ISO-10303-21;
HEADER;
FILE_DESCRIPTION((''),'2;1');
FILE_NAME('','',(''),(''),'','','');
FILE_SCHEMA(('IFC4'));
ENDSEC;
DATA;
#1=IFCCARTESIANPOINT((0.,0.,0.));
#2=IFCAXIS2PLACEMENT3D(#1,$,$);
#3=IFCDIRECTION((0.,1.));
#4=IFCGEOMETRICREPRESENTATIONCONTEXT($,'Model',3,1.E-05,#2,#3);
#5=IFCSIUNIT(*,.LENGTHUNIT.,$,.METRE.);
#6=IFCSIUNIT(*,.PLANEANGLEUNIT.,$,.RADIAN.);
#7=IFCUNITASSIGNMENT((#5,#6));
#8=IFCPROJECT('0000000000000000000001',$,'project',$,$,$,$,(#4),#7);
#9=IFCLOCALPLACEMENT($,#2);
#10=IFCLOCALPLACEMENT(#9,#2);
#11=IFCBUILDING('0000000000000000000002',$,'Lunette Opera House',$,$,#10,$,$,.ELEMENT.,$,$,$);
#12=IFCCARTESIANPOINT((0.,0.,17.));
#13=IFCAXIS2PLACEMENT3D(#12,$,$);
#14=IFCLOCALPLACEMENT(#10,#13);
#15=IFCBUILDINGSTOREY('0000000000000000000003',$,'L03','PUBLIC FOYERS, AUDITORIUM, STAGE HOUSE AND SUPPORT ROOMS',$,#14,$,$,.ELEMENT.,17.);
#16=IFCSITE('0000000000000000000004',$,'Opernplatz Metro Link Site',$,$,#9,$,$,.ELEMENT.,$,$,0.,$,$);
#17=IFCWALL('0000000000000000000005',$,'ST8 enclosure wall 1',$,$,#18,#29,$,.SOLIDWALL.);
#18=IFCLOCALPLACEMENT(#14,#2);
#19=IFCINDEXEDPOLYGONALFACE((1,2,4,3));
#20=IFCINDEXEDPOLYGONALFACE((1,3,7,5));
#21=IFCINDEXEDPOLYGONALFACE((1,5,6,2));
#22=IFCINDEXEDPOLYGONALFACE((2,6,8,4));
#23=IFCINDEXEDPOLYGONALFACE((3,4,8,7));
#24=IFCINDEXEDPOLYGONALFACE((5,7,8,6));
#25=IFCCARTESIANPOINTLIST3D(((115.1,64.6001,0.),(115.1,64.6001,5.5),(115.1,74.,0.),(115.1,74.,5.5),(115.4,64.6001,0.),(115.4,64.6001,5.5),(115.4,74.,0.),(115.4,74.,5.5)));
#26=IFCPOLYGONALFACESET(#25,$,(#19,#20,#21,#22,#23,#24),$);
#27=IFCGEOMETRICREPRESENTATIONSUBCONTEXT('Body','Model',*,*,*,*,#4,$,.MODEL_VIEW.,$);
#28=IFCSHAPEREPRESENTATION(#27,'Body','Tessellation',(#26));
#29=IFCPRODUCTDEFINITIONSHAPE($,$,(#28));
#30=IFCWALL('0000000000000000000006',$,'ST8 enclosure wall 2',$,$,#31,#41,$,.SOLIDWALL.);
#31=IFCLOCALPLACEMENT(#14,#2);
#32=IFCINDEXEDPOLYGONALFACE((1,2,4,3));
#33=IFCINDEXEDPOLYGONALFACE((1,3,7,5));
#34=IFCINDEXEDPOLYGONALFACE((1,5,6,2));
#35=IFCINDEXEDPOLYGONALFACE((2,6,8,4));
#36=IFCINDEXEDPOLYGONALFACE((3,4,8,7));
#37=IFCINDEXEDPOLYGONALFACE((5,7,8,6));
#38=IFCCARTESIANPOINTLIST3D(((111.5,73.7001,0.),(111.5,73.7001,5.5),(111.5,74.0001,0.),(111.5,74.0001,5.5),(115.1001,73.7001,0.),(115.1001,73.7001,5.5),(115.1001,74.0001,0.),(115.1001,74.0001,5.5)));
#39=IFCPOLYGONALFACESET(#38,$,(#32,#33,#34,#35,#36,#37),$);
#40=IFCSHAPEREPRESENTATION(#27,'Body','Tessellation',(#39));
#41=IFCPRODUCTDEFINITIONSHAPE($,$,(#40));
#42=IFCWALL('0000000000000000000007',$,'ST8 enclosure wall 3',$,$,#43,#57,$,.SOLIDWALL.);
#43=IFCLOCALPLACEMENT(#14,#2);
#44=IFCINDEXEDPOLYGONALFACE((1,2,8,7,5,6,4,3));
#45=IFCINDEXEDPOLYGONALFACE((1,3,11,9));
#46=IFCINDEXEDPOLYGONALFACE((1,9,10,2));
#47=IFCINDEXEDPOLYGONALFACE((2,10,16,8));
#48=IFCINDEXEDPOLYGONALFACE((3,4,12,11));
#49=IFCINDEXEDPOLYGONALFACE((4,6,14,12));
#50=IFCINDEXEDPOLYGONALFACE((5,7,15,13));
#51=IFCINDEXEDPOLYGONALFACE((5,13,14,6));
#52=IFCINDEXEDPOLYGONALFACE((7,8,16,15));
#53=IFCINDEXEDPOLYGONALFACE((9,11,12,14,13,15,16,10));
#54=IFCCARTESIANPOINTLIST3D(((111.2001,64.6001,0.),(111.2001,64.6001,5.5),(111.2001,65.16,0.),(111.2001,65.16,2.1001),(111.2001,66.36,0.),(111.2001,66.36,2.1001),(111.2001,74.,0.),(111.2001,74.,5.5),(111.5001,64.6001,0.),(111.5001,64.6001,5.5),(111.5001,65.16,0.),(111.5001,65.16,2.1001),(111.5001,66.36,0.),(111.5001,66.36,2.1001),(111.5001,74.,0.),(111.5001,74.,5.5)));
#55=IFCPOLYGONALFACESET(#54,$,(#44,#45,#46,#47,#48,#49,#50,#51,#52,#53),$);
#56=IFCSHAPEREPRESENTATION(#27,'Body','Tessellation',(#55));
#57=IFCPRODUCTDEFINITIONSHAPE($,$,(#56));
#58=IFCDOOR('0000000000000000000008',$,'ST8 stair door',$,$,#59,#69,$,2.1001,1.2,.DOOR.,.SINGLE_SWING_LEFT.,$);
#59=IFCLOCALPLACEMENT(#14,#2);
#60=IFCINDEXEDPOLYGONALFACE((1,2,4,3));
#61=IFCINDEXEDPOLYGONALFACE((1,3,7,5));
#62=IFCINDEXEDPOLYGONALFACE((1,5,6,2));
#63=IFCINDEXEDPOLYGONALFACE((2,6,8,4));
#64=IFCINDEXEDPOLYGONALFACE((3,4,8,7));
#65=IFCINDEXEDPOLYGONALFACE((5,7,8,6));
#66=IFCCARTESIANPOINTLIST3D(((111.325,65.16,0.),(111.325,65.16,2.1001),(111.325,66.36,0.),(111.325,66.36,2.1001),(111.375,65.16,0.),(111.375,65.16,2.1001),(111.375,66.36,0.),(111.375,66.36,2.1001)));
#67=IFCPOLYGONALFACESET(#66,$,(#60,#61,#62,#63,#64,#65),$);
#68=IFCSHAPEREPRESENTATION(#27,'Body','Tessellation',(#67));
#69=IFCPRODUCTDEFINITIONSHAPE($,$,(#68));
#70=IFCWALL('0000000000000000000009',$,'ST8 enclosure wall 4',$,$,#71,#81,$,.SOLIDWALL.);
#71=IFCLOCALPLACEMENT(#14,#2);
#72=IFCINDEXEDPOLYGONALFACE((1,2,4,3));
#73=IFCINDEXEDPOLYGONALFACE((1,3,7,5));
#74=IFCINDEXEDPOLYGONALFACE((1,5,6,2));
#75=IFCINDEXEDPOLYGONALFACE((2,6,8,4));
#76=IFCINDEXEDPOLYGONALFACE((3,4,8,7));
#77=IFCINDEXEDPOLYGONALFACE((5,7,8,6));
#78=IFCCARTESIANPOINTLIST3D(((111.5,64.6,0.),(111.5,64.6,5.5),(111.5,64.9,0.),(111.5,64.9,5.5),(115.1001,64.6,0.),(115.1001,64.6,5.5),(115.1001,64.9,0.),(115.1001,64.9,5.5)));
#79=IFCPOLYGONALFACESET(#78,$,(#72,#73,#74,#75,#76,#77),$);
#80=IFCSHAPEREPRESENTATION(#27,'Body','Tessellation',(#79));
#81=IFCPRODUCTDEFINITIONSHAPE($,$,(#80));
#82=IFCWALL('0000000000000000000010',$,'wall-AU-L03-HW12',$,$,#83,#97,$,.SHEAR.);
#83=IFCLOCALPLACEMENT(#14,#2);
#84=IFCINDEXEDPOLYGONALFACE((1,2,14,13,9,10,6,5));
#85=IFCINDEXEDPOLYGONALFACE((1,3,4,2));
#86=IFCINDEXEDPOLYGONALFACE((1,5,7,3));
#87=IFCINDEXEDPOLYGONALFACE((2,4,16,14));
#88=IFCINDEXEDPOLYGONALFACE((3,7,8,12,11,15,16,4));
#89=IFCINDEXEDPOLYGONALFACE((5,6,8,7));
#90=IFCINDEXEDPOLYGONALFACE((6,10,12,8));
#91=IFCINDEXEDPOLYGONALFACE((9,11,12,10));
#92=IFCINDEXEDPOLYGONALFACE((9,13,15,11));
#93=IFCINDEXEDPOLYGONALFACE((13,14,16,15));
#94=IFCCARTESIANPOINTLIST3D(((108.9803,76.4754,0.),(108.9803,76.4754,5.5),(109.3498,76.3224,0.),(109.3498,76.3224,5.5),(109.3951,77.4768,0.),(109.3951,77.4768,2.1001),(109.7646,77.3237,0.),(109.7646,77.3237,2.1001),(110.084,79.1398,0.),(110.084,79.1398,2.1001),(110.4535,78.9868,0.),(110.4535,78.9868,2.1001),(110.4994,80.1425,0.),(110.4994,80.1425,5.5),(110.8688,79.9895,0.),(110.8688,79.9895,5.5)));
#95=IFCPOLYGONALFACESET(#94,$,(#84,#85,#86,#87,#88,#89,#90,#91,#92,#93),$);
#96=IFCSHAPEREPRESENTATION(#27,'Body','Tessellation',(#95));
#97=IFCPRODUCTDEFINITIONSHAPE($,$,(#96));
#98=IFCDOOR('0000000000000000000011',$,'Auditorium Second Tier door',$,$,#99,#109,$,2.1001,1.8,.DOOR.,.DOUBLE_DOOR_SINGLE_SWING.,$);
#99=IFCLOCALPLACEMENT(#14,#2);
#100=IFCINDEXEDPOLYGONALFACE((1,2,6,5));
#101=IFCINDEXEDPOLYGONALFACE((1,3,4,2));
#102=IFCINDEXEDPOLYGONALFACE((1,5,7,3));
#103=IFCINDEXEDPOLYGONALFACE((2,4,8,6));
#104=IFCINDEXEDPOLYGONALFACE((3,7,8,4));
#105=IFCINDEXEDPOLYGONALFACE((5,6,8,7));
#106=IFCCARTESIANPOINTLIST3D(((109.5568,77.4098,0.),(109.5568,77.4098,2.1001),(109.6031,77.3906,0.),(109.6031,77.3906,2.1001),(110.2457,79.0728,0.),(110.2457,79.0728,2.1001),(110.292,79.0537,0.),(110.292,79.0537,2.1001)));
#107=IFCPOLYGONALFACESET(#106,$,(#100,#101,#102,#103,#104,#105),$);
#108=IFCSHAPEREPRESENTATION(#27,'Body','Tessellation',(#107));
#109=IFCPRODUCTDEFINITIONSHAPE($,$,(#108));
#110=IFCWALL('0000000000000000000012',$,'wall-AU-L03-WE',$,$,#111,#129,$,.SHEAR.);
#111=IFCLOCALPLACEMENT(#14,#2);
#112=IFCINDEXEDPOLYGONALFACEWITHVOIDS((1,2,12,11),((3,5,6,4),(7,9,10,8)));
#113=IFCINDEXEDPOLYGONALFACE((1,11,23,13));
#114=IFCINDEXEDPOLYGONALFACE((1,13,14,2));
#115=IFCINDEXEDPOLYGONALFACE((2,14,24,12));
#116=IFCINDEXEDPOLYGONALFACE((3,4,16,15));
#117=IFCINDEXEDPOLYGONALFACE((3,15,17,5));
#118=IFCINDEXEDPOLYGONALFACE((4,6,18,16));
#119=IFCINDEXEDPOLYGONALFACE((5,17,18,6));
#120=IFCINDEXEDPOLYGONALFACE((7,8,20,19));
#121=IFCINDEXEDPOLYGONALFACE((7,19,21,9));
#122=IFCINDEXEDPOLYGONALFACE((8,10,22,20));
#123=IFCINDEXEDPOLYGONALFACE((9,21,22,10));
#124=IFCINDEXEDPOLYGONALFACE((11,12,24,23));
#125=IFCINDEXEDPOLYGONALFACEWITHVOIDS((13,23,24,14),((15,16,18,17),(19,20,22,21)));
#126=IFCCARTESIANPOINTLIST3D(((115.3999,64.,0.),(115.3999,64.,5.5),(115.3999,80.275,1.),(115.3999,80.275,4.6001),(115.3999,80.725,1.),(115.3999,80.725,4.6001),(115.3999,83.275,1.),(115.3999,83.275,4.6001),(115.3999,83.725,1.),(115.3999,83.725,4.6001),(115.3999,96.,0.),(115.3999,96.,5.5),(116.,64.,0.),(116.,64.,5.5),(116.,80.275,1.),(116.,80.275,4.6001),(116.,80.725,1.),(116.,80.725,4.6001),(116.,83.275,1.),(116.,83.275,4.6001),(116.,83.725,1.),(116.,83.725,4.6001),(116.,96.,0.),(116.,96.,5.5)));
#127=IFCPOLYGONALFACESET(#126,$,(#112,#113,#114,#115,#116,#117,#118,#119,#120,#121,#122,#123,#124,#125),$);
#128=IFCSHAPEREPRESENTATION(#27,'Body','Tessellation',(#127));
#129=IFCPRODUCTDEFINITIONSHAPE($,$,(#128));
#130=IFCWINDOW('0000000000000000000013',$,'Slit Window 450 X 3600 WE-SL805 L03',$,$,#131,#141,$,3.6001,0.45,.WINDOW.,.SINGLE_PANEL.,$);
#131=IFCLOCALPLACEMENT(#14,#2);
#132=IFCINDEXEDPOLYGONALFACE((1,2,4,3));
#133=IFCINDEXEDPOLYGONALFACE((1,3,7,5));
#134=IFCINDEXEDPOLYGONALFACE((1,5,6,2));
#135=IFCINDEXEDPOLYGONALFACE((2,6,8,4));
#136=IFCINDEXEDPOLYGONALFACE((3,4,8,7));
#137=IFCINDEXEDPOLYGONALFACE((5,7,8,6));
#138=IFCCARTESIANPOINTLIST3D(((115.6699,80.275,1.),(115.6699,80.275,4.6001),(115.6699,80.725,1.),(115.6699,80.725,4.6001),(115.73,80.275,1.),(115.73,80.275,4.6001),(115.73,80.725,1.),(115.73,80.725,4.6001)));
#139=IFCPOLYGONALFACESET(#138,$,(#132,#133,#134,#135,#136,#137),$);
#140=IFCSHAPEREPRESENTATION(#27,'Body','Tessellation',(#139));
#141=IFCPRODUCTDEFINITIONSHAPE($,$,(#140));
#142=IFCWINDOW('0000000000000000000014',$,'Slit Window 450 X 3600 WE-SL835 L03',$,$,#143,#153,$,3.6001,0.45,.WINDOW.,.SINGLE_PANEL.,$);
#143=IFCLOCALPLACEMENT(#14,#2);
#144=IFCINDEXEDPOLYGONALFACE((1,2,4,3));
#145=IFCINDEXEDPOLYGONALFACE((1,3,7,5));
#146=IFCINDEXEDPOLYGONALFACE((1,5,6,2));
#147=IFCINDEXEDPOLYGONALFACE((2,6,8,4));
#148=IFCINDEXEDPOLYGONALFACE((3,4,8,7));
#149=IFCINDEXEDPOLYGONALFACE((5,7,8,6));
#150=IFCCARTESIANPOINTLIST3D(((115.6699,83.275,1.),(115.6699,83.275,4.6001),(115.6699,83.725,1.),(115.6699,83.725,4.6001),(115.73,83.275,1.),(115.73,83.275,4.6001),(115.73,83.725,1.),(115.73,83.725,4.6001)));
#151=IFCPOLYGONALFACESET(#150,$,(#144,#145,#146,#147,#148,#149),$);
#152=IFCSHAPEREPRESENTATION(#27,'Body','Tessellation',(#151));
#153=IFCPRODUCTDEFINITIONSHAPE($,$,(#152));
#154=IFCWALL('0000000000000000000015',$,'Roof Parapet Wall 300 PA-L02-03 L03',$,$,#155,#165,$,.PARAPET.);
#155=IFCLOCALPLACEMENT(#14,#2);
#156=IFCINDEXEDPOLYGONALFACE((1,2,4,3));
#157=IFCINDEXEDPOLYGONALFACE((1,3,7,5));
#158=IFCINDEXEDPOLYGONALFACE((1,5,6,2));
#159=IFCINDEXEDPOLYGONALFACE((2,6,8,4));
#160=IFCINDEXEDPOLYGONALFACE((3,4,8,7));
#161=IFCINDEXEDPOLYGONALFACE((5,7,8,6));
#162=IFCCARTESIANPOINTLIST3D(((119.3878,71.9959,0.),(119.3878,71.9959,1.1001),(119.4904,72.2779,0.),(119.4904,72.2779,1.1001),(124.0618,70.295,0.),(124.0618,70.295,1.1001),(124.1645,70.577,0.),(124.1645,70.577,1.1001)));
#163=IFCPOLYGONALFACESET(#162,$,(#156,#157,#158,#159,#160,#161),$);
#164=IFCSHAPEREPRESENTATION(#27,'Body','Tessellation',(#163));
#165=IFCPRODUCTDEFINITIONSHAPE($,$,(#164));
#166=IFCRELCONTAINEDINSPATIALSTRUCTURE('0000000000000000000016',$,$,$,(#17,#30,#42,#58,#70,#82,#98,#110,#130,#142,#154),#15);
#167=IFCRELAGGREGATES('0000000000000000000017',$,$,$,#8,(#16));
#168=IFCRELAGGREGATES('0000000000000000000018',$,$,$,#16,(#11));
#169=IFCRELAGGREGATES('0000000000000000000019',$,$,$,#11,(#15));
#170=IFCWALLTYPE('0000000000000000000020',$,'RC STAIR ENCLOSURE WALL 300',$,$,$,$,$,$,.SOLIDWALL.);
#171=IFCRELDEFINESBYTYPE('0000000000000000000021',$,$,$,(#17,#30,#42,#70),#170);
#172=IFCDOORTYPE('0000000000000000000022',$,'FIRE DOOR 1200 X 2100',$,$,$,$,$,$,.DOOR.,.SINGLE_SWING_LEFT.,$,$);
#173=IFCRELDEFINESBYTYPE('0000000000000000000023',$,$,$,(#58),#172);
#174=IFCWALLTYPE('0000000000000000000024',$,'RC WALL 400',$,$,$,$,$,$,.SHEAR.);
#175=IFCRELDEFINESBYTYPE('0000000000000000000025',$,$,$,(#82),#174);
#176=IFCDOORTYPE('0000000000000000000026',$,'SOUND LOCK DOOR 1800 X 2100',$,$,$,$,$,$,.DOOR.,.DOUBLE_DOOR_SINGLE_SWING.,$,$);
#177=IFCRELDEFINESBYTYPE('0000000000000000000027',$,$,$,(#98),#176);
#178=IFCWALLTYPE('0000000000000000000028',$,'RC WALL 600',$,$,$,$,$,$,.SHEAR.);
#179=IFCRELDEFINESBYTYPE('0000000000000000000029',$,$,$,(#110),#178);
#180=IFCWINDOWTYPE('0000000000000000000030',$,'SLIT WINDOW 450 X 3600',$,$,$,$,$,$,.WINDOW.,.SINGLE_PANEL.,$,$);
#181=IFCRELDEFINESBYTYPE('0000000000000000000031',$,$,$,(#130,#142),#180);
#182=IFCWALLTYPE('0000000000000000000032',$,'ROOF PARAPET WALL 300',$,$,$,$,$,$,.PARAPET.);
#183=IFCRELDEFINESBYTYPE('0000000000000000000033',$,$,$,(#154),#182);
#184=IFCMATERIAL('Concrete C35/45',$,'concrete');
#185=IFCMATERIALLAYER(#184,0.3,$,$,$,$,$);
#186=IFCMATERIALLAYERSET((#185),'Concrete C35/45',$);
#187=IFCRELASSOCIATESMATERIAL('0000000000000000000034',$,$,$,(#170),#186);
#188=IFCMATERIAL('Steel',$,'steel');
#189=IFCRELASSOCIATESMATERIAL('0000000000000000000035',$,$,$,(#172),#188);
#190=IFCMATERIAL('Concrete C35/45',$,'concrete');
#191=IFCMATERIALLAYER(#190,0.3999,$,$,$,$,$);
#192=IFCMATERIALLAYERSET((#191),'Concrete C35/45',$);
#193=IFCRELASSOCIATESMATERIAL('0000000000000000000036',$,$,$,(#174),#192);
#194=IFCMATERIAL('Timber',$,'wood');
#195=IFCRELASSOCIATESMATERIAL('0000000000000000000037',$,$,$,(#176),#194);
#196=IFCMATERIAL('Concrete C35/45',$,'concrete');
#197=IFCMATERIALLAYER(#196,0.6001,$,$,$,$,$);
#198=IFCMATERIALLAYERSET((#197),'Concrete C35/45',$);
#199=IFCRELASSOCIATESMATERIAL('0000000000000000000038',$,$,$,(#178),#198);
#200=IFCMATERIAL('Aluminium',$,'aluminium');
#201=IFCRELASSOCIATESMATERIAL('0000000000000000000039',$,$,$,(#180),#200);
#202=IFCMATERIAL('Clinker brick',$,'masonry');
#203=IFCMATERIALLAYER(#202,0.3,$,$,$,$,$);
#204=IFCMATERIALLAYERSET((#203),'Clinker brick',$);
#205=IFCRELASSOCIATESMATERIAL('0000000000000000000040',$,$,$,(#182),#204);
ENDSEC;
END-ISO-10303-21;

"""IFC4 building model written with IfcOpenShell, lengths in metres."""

from ifc_helpers import new_model, si_unit, direction, frame, frame_2d, origin, place, context, subcontext, project, spatial, rectangle, extrude, material, layer, layer_set, type_object, element, fill, save


model = new_model("IFC4")

# Units and contexts
model_context = context("Model", 3, precision=1e-05, world=origin(), true_north=direction((0.0, 1.0)))
body_context = subcontext(model_context, "Body", "Model", "MODEL_VIEW")
ifc_project = project(units=[si_unit("LENGTHUNIT", "METRE"), si_unit("PLANEANGLEUNIT", "RADIAN")], contexts=[model_context])

# Site, building, storey
site_placement = place(None, origin())
site = spatial("IfcSite", under=ifc_project, at=site_placement, Name="Opernplatz Metro Link Site", CompositionType="ELEMENT", RefElevation=0.0)
building_placement = place(site_placement, origin())
building = spatial("IfcBuilding", under=site, at=building_placement, Name="Lunette Opera House", CompositionType="ELEMENT")
storey_placement = place(building_placement, frame((0.0, 0.0, 17.0)))
storey = spatial("IfcBuildingStorey", under=building, at=storey_placement, Name="L03", Description="PUBLIC FOYERS, AUDITORIUM, STAGE HOUSE AND SUPPORT ROOMS", CompositionType="ELEMENT", Elevation=17.0)

# Walls
ifc_material_1 = material(Name="Concrete C35/45", Category="concrete")
ifc_layer_1 = layer(ifc_material_1, 0.3)
ifc_layer_set_1 = layer_set([ifc_layer_1], Name="Concrete C35/45")
wall_type_1 = type_object("IfcWallType", Name="RC STAIR ENCLOSURE WALL 300", PredefinedType="SOLIDWALL", material=ifc_layer_set_1)
wall_1_placement = place(storey_placement, frame((115.25, 64.6001, 0.0), z_axis=(0.0, 0.0, 1.0), x_axis=(0.0, 1.0, 0.0)))
element("IfcWall", 1, at=wall_1_placement, inside=storey, type_object=wall_type_1, Name="ST8 enclosure wall 1", PredefinedType="SOLIDWALL", context=body_context, shape_type="SweptSolid", body=[
    extrude(rectangle(XDim=9.3999, YDim=0.3, at=frame_2d((4.7, 0.0))), origin(), (0.0, 0.0, 1.0), 5.5),
])
wall_2_placement = place(storey_placement, frame((115.1001, 73.8501, 0.0), z_axis=(0.0, 0.0, 1.0), x_axis=(-1.0, 0.0, 0.0)))
element("IfcWall", 2, at=wall_2_placement, inside=storey, type_object=wall_type_1, Name="ST8 enclosure wall 2", PredefinedType="SOLIDWALL", context=body_context, shape_type="SweptSolid", body=[
    extrude(rectangle(XDim=3.6001, YDim=0.3, at=frame_2d((1.8, 0.0))), origin(), (0.0, 0.0, 1.0), 5.5),
])

# Wall, opening, door
wall_3_placement = place(storey_placement, frame((111.3501, 74.0, 0.0), z_axis=(0.0, 0.0, 1.0), x_axis=(0.0, -1.0, 0.0)))
wall_3 = element("IfcWall", 3, at=wall_3_placement, inside=storey, type_object=wall_type_1, Name="ST8 enclosure wall 3", PredefinedType="SOLIDWALL", context=body_context, shape_type="SweptSolid", body=[
    extrude(rectangle(XDim=9.3999, YDim=0.3, at=frame_2d((4.7, 0.0))), origin(), (0.0, 0.0, 1.0), 5.5),
])
opening_1_placement = place(wall_3_placement, frame((7.6399, 0.0, 0.0)))
opening_1 = element("IfcOpeningElement", 4, at=opening_1_placement, cuts=wall_3, PredefinedType="OPENING", context=body_context, shape_type="SweptSolid", body=[
    extrude(rectangle(XDim=1.2, YDim=2.1001, at=frame_2d((0.6001, 1.05))), frame((0.0, 0.1621, 0.0), z_axis=(0.0, -1.0, 0.0), x_axis=(1.0, 0.0, 0.0)), (0.0, 0.0, 1.0), 0.324),
])
ifc_material_2 = material(Name="Steel", Category="steel")
door_type_1 = type_object("IfcDoorType", Name="FIRE DOOR 1200 X 2100", OperationType="SINGLE_SWING_LEFT", PredefinedType="DOOR", material=ifc_material_2)
door_1_placement = place(opening_1_placement, origin())
door_1 = element("IfcDoor", 5, at=door_1_placement, inside=storey, type_object=door_type_1, Name="ST8 stair door", OperationType="SINGLE_SWING_LEFT", OverallHeight=2.1001, OverallWidth=1.2, PredefinedType="DOOR", context=body_context, shape_type="SweptSolid", body=[
    extrude(rectangle(XDim=1.2, YDim=2.1001, at=frame_2d((0.6001, 1.05))), frame((0.0, 0.0249, 0.0), z_axis=(0.0, -1.0, 0.0), x_axis=(1.0, 0.0, 0.0)), (0.0, 0.0, 1.0), 0.05),
])
fill(opening_1, door_1)

# Wall
wall_4_placement = place(storey_placement, frame((111.5, 64.75, 0.0), z_axis=(0.0, 0.0, 1.0), x_axis=(1.0, 0.0, 0.0)))
element("IfcWall", 6, at=wall_4_placement, inside=storey, type_object=wall_type_1, Name="ST8 enclosure wall 4", PredefinedType="SOLIDWALL", context=body_context, shape_type="SweptSolid", body=[
    extrude(rectangle(XDim=3.6001, YDim=0.3, at=frame_2d((1.8, 0.0))), origin(), (0.0, 0.0, 1.0), 5.5),
])

# Wall, opening, door
ifc_material_3 = material(Name="Concrete C35/45", Category="concrete")
ifc_layer_2 = layer(ifc_material_3, 0.3999)
ifc_layer_set_2 = layer_set([ifc_layer_2], Name="Concrete C35/45")
wall_type_2 = type_object("IfcWallType", Name="RC WALL 400", PredefinedType="SHEAR", material=ifc_layer_set_2)
wall_5_placement = place(storey_placement, frame((109.165, 76.3989, 0.0), z_axis=(0.0, 0.0, 1.0), x_axis=(0.38271, 0.923868, 0.0)))
wall_5 = element("IfcWall", 7, at=wall_5_placement, inside=storey, type_object=wall_type_2, Name="wall-AU-L03-HW12", PredefinedType="SHEAR", context=body_context, shape_type="SweptSolid", body=[
    extrude(rectangle(XDim=3.9692, YDim=0.3999, at=frame_2d((1.9846, 0.0))), origin(), (0.0, 0.0, 1.0), 5.5),
])
opening_2_placement = place(wall_5_placement, frame((1.084, 0.0, 0.0)))
opening_2 = element("IfcOpeningElement", 8, at=opening_2_placement, cuts=wall_5, PredefinedType="OPENING", context=body_context, shape_type="SweptSolid", body=[
    extrude(rectangle(XDim=1.8, YDim=2.1001, at=frame_2d((0.8999, 1.05))), frame((0.0, 0.2119, 0.0), z_axis=(0.0, -1.0, 0.0), x_axis=(1.0, 0.0, 0.0)), (0.0, 0.0, 1.0), 0.4238),
])
ifc_material_4 = material(Name="Timber", Category="wood")
door_type_2 = type_object("IfcDoorType", Name="SOUND LOCK DOOR 1800 X 2100", OperationType="DOUBLE_DOOR_SINGLE_SWING", PredefinedType="DOOR", material=ifc_material_4)
door_2_placement = place(opening_2_placement, origin())
door_2 = element("IfcDoor", 9, at=door_2_placement, inside=storey, type_object=door_type_2, Name="Auditorium Second Tier door", OperationType="DOUBLE_DOOR_SINGLE_SWING", OverallHeight=2.1001, OverallWidth=1.8, PredefinedType="DOOR", context=body_context, shape_type="SweptSolid", body=[
    extrude(rectangle(XDim=1.8, YDim=2.1001, at=frame_2d((0.8999, 1.05))), frame((0.0, 0.0249, 0.0), z_axis=(0.0, -1.0, 0.0), x_axis=(1.0, 0.0, 0.0)), (0.0, 0.0, 1.0), 0.05),
])
fill(opening_2, door_2)

# Wall, openings, windows
ifc_material_5 = material(Name="Concrete C35/45", Category="concrete")
ifc_layer_3 = layer(ifc_material_5, 0.6001)
ifc_layer_set_3 = layer_set([ifc_layer_3], Name="Concrete C35/45")
wall_type_3 = type_object("IfcWallType", Name="RC WALL 600", PredefinedType="SHEAR", material=ifc_layer_set_3)
wall_6_placement = place(storey_placement, frame((115.7, 64.0, 0.0), z_axis=(0.0, 0.0, 1.0), x_axis=(0.0, 1.0, 0.0)))
wall_6 = element("IfcWall", 10, at=wall_6_placement, inside=storey, type_object=wall_type_3, Name="wall-AU-L03-WE", PredefinedType="SHEAR", context=body_context, shape_type="SweptSolid", body=[
    extrude(rectangle(XDim=32.0, YDim=0.6001, at=frame_2d((16.0, 0.0))), origin(), (0.0, 0.0, 1.0), 5.5),
])
opening_3_placement = place(wall_6_placement, frame((16.2749, 0.0, 1.0)))
opening_3 = element("IfcOpeningElement", 11, at=opening_3_placement, cuts=wall_6, PredefinedType="OPENING", context=body_context, shape_type="SweptSolid", body=[
    extrude(rectangle(XDim=0.45, YDim=3.6001, at=frame_2d((0.2251, 1.8))), frame((0.0, 0.312, 0.0), z_axis=(0.0, -1.0, 0.0), x_axis=(1.0, 0.0, 0.0)), (0.0, 0.0, 1.0), 0.624),
])
opening_4_placement = place(wall_6_placement, frame((19.2749, 0.0, 1.0)))
opening_4 = element("IfcOpeningElement", 12, at=opening_4_placement, cuts=wall_6, PredefinedType="OPENING", context=body_context, shape_type="SweptSolid", body=[
    extrude(rectangle(XDim=0.45, YDim=3.6001, at=frame_2d((0.2251, 1.8))), frame((0.0, 0.312, 0.0), z_axis=(0.0, -1.0, 0.0), x_axis=(1.0, 0.0, 0.0)), (0.0, 0.0, 1.0), 0.624),
])
ifc_material_6 = material(Name="Aluminium", Category="aluminium")
window_type_1 = type_object("IfcWindowType", Name="SLIT WINDOW 450 X 3600", PartitioningType="SINGLE_PANEL", PredefinedType="WINDOW", material=ifc_material_6)
window_1_placement = place(opening_3_placement, origin())
window_1 = element("IfcWindow", 13, at=window_1_placement, inside=storey, type_object=window_type_1, Name="Slit Window 450 X 3600 WE-SL805 L03", OverallHeight=3.6001, OverallWidth=0.45, PartitioningType="SINGLE_PANEL", PredefinedType="WINDOW", context=body_context, shape_type="SweptSolid", body=[
    extrude(rectangle(XDim=0.45, YDim=3.6001, at=frame_2d((0.2251, 1.8))), frame((0.0, 0.03, 0.0), z_axis=(0.0, -1.0, 0.0), x_axis=(1.0, 0.0, 0.0)), (0.0, 0.0, 1.0), 0.0601),
])
fill(opening_3, window_1)
window_2_placement = place(opening_4_placement, origin())
window_2 = element("IfcWindow", 14, at=window_2_placement, inside=storey, type_object=window_type_1, Name="Slit Window 450 X 3600 WE-SL835 L03", OverallHeight=3.6001, OverallWidth=0.45, PartitioningType="SINGLE_PANEL", PredefinedType="WINDOW", context=body_context, shape_type="SweptSolid", body=[
    extrude(rectangle(XDim=0.45, YDim=3.6001, at=frame_2d((0.2251, 1.8))), frame((0.0, 0.03, 0.0), z_axis=(0.0, -1.0, 0.0), x_axis=(1.0, 0.0, 0.0)), (0.0, 0.0, 1.0), 0.0601),
])
fill(opening_4, window_2)

# Wall
ifc_material_7 = material(Name="Clinker brick", Category="masonry")
ifc_layer_4 = layer(ifc_material_7, 0.3)
ifc_layer_set_4 = layer_set([ifc_layer_4], Name="Clinker brick")
wall_type_4 = type_object("IfcWallType", Name="ROOF PARAPET WALL 300", PredefinedType="PARAPET", material=ifc_layer_set_4)
wall_7_placement = place(storey_placement, frame((124.113, 70.436, 0.0), z_axis=(0.0, 0.0, 1.0), x_axis=(-0.939712, 0.341968, 0.0)))
element("IfcWall", 15, at=wall_7_placement, inside=storey, type_object=wall_type_4, Name="Roof Parapet Wall 300 PA-L02-03 L03", PredefinedType="PARAPET", context=body_context, shape_type="SweptSolid", body=[
    extrude(rectangle(XDim=4.9739, YDim=0.3, at=frame_2d((2.4868, 0.0))), origin(), (0.0, 0.0, 1.0), 1.1001),
])

save(model, "model.ifc")
